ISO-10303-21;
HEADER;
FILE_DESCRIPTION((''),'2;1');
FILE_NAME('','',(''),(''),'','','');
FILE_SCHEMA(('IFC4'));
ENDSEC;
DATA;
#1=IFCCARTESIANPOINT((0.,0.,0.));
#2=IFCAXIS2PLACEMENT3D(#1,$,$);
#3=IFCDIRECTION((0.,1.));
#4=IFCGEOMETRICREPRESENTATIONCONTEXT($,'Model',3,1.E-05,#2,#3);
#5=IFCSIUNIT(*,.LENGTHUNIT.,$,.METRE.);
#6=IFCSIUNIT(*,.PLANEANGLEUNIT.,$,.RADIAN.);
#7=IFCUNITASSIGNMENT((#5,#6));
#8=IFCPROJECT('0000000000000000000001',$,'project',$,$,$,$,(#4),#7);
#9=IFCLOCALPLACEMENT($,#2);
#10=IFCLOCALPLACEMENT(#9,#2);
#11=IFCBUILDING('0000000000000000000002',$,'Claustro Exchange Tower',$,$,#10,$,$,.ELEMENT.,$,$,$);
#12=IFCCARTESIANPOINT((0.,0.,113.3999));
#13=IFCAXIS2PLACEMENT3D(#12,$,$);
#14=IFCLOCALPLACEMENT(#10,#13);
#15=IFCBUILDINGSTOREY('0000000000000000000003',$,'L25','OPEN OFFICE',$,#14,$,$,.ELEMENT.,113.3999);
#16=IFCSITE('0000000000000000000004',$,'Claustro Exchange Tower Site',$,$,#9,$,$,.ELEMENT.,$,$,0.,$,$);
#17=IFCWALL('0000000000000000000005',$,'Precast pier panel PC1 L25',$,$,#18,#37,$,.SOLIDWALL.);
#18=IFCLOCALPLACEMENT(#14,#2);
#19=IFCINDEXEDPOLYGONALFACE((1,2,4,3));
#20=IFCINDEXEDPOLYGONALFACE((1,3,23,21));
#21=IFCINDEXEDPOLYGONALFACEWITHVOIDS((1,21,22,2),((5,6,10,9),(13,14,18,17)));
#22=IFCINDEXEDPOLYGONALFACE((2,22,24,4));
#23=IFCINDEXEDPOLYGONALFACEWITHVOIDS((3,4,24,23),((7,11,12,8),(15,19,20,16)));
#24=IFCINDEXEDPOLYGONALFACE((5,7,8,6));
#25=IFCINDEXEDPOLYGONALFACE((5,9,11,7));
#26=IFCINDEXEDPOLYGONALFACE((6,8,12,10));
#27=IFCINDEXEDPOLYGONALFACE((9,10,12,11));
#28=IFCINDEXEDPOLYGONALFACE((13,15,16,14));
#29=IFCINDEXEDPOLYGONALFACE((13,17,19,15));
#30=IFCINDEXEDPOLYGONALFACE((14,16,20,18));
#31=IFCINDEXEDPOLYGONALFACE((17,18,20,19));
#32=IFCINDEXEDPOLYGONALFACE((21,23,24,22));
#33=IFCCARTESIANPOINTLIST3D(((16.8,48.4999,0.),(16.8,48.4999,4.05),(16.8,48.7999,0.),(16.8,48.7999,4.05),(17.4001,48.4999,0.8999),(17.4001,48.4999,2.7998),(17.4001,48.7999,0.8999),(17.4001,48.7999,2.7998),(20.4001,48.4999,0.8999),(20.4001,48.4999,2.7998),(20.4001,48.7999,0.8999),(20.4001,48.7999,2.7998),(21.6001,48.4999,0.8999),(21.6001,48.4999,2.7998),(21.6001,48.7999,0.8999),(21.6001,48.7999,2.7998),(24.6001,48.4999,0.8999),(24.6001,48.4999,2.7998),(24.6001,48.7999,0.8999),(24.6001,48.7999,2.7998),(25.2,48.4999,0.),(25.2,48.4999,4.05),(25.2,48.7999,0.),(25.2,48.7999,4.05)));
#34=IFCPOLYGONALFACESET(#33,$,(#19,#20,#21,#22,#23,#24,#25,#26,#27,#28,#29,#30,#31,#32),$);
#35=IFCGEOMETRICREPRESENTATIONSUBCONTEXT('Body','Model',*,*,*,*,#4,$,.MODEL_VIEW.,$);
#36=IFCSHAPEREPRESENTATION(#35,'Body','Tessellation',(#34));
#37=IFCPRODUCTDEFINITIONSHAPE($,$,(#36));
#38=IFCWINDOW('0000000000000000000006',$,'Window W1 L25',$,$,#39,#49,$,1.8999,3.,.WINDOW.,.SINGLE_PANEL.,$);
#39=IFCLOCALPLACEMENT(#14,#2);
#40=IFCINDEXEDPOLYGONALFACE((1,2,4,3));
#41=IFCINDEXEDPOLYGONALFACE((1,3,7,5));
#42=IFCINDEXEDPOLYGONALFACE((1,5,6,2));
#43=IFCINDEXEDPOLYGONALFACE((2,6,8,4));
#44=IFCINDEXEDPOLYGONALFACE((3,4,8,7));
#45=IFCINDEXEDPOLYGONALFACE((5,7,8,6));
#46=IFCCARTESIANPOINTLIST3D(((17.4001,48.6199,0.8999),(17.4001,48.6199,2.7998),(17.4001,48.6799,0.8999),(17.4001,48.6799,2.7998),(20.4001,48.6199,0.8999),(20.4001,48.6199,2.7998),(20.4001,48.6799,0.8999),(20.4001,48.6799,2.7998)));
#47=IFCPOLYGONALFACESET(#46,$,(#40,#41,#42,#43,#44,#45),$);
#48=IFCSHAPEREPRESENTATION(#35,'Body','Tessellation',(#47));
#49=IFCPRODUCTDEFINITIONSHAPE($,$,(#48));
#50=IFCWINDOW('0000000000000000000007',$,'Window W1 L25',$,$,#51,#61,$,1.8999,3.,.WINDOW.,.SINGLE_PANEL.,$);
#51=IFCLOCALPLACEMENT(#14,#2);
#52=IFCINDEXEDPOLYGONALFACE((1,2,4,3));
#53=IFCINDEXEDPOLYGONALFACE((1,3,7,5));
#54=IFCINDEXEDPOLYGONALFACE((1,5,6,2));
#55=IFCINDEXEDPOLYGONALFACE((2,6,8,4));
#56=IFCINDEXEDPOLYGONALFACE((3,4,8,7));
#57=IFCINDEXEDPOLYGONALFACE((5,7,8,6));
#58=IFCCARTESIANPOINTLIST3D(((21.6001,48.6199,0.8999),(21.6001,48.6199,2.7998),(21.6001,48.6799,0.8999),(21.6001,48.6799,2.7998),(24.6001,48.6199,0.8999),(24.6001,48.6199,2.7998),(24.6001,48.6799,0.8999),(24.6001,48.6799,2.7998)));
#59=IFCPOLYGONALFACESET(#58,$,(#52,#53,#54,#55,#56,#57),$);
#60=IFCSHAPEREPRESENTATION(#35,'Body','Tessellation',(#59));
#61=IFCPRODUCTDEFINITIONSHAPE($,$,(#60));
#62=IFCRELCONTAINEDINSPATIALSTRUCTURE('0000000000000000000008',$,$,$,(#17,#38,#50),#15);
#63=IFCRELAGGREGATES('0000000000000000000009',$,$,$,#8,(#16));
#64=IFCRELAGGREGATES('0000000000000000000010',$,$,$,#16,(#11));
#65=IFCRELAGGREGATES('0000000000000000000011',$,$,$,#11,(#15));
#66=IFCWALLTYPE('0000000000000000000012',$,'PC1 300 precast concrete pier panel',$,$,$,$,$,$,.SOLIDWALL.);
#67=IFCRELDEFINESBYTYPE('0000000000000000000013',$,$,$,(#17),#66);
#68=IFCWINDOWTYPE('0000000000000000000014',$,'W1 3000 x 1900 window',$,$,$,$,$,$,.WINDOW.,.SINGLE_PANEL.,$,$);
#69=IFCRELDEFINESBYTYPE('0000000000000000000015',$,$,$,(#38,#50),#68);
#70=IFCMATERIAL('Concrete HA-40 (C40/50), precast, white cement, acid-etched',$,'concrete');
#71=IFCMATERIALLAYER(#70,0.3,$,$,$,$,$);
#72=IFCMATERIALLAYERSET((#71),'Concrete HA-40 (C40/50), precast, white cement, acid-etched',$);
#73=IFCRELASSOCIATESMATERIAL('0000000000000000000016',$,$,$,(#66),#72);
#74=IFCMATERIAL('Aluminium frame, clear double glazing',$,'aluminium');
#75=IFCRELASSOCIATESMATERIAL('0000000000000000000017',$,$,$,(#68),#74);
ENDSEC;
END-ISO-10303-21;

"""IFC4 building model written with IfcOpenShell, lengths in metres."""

from ifc_helpers import new_model, si_unit, direction, frame, frame_2d, origin, place, context, subcontext, project, spatial, rectangle, extrude, material, layer, layer_set, type_object, element, fill, save


model = new_model("IFC4")

# Units and contexts
model_context = context("Model", 3, precision=1e-05, world=origin(), true_north=direction((0.0, 1.0)))
body_context = subcontext(model_context, "Body", "Model", "MODEL_VIEW")
ifc_project = project(units=[si_unit("LENGTHUNIT", "METRE"), si_unit("PLANEANGLEUNIT", "RADIAN")], contexts=[model_context])

# Site, building, storey
site_placement = place(None, origin())
site = spatial("IfcSite", under=ifc_project, at=site_placement, Name="Claustro Exchange Tower Site", CompositionType="ELEMENT", RefElevation=0.0)
building_placement = place(site_placement, origin())
building = spatial("IfcBuilding", under=site, at=building_placement, Name="Claustro Exchange Tower", CompositionType="ELEMENT")
storey_placement = place(building_placement, frame((0.0, 0.0, 113.3999)))
storey = spatial("IfcBuildingStorey", under=building, at=storey_placement, Name="L25", Description="OPEN OFFICE", CompositionType="ELEMENT", Elevation=113.3999)

# Wall, openings, windows
ifc_material_1 = material(Name="Concrete HA-40 (C40/50), precast, white cement, acid-etched", Category="concrete")
ifc_layer_1 = layer(ifc_material_1, 0.3)
ifc_layer_set_1 = layer_set([ifc_layer_1], Name="Concrete HA-40 (C40/50), precast, white cement, acid-etched")
wall_type_1 = type_object("IfcWallType", Name="PC1 300 precast concrete pier panel", PredefinedType="SOLIDWALL", material=ifc_layer_set_1)
ifc_material_2 = material(Name="Aluminium frame, clear double glazing", Category="aluminium")
window_type = type_object("IfcWindowType", Name="W1 3000 x 1900 window", PartitioningType="SINGLE_PANEL", PredefinedType="WINDOW", material=ifc_material_2)
wall_1_placement = place(storey_placement, frame((16.8, 48.6499, 0.0), z_axis=(0.0, 0.0, 1.0), x_axis=(1.0, 0.0, 0.0)))
wall_1 = element("IfcWall", 1, at=wall_1_placement, inside=storey, type_object=wall_type_1, Name="Precast pier panel PC1 L25", PredefinedType="SOLIDWALL", context=body_context, shape_type="SweptSolid", body=[
    extrude(rectangle(XDim=8.3999, YDim=0.3, at=frame_2d((4.2, 0.0))), origin(), (0.0, 0.0, 1.0), 4.05),
])
opening_1_placement = place(wall_1_placement, frame((0.6001, 0.0, 0.8999)))
opening_1 = element("IfcOpeningElement", 2, at=opening_1_placement, cuts=wall_1, PredefinedType="OPENING", context=body_context, shape_type="SweptSolid", body=[
    extrude(rectangle(XDim=3.0, YDim=1.8999, at=frame_2d((1.5, 0.95))), frame((0.0, 0.1599, 0.0), z_axis=(0.0, -1.0, 0.0), x_axis=(1.0, 0.0, 0.0)), (0.0, 0.0, 1.0), 0.3201),
])
opening_2_placement = place(wall_1_placement, frame((4.8, 0.0, 0.8999)))
opening_2 = element("IfcOpeningElement", 3, at=opening_2_placement, cuts=wall_1, PredefinedType="OPENING", context=body_context, shape_type="SweptSolid", body=[
    extrude(rectangle(XDim=3.0, YDim=1.8999, at=frame_2d((1.5, 0.95))), frame((0.0, 0.1599, 0.0), z_axis=(0.0, -1.0, 0.0), x_axis=(1.0, 0.0, 0.0)), (0.0, 0.0, 1.0), 0.3201),
])
window_1_placement = place(opening_1_placement, origin())
window_1 = element("IfcWindow", 4, at=window_1_placement, inside=storey, type_object=window_type, Name="Window W1 L25", OverallHeight=1.8999, OverallWidth=3.0, PartitioningType="SINGLE_PANEL", PredefinedType="WINDOW", context=body_context, shape_type="SweptSolid", body=[
    extrude(rectangle(XDim=3.0, YDim=1.8999, at=frame_2d((1.5, 0.95))), frame((0.0, 0.03, 0.0), z_axis=(0.0, -1.0, 0.0), x_axis=(1.0, 0.0, 0.0)), (0.0, 0.0, 1.0), 0.0601),
])
fill(opening_1, window_1)
window_2_placement = place(opening_2_placement, origin())
window_2 = element("IfcWindow", 5, at=window_2_placement, inside=storey, type_object=window_type, Name="Window W1 L25", OverallHeight=1.8999, OverallWidth=3.0, PartitioningType="SINGLE_PANEL", PredefinedType="WINDOW", context=body_context, shape_type="SweptSolid", body=[
    extrude(rectangle(XDim=3.0, YDim=1.8999, at=frame_2d((1.5, 0.95))), frame((0.0, 0.03, 0.0), z_axis=(0.0, -1.0, 0.0), x_axis=(1.0, 0.0, 0.0)), (0.0, 0.0, 1.0), 0.0601),
])
fill(opening_2, window_2)

save(model, "model.ifc")
